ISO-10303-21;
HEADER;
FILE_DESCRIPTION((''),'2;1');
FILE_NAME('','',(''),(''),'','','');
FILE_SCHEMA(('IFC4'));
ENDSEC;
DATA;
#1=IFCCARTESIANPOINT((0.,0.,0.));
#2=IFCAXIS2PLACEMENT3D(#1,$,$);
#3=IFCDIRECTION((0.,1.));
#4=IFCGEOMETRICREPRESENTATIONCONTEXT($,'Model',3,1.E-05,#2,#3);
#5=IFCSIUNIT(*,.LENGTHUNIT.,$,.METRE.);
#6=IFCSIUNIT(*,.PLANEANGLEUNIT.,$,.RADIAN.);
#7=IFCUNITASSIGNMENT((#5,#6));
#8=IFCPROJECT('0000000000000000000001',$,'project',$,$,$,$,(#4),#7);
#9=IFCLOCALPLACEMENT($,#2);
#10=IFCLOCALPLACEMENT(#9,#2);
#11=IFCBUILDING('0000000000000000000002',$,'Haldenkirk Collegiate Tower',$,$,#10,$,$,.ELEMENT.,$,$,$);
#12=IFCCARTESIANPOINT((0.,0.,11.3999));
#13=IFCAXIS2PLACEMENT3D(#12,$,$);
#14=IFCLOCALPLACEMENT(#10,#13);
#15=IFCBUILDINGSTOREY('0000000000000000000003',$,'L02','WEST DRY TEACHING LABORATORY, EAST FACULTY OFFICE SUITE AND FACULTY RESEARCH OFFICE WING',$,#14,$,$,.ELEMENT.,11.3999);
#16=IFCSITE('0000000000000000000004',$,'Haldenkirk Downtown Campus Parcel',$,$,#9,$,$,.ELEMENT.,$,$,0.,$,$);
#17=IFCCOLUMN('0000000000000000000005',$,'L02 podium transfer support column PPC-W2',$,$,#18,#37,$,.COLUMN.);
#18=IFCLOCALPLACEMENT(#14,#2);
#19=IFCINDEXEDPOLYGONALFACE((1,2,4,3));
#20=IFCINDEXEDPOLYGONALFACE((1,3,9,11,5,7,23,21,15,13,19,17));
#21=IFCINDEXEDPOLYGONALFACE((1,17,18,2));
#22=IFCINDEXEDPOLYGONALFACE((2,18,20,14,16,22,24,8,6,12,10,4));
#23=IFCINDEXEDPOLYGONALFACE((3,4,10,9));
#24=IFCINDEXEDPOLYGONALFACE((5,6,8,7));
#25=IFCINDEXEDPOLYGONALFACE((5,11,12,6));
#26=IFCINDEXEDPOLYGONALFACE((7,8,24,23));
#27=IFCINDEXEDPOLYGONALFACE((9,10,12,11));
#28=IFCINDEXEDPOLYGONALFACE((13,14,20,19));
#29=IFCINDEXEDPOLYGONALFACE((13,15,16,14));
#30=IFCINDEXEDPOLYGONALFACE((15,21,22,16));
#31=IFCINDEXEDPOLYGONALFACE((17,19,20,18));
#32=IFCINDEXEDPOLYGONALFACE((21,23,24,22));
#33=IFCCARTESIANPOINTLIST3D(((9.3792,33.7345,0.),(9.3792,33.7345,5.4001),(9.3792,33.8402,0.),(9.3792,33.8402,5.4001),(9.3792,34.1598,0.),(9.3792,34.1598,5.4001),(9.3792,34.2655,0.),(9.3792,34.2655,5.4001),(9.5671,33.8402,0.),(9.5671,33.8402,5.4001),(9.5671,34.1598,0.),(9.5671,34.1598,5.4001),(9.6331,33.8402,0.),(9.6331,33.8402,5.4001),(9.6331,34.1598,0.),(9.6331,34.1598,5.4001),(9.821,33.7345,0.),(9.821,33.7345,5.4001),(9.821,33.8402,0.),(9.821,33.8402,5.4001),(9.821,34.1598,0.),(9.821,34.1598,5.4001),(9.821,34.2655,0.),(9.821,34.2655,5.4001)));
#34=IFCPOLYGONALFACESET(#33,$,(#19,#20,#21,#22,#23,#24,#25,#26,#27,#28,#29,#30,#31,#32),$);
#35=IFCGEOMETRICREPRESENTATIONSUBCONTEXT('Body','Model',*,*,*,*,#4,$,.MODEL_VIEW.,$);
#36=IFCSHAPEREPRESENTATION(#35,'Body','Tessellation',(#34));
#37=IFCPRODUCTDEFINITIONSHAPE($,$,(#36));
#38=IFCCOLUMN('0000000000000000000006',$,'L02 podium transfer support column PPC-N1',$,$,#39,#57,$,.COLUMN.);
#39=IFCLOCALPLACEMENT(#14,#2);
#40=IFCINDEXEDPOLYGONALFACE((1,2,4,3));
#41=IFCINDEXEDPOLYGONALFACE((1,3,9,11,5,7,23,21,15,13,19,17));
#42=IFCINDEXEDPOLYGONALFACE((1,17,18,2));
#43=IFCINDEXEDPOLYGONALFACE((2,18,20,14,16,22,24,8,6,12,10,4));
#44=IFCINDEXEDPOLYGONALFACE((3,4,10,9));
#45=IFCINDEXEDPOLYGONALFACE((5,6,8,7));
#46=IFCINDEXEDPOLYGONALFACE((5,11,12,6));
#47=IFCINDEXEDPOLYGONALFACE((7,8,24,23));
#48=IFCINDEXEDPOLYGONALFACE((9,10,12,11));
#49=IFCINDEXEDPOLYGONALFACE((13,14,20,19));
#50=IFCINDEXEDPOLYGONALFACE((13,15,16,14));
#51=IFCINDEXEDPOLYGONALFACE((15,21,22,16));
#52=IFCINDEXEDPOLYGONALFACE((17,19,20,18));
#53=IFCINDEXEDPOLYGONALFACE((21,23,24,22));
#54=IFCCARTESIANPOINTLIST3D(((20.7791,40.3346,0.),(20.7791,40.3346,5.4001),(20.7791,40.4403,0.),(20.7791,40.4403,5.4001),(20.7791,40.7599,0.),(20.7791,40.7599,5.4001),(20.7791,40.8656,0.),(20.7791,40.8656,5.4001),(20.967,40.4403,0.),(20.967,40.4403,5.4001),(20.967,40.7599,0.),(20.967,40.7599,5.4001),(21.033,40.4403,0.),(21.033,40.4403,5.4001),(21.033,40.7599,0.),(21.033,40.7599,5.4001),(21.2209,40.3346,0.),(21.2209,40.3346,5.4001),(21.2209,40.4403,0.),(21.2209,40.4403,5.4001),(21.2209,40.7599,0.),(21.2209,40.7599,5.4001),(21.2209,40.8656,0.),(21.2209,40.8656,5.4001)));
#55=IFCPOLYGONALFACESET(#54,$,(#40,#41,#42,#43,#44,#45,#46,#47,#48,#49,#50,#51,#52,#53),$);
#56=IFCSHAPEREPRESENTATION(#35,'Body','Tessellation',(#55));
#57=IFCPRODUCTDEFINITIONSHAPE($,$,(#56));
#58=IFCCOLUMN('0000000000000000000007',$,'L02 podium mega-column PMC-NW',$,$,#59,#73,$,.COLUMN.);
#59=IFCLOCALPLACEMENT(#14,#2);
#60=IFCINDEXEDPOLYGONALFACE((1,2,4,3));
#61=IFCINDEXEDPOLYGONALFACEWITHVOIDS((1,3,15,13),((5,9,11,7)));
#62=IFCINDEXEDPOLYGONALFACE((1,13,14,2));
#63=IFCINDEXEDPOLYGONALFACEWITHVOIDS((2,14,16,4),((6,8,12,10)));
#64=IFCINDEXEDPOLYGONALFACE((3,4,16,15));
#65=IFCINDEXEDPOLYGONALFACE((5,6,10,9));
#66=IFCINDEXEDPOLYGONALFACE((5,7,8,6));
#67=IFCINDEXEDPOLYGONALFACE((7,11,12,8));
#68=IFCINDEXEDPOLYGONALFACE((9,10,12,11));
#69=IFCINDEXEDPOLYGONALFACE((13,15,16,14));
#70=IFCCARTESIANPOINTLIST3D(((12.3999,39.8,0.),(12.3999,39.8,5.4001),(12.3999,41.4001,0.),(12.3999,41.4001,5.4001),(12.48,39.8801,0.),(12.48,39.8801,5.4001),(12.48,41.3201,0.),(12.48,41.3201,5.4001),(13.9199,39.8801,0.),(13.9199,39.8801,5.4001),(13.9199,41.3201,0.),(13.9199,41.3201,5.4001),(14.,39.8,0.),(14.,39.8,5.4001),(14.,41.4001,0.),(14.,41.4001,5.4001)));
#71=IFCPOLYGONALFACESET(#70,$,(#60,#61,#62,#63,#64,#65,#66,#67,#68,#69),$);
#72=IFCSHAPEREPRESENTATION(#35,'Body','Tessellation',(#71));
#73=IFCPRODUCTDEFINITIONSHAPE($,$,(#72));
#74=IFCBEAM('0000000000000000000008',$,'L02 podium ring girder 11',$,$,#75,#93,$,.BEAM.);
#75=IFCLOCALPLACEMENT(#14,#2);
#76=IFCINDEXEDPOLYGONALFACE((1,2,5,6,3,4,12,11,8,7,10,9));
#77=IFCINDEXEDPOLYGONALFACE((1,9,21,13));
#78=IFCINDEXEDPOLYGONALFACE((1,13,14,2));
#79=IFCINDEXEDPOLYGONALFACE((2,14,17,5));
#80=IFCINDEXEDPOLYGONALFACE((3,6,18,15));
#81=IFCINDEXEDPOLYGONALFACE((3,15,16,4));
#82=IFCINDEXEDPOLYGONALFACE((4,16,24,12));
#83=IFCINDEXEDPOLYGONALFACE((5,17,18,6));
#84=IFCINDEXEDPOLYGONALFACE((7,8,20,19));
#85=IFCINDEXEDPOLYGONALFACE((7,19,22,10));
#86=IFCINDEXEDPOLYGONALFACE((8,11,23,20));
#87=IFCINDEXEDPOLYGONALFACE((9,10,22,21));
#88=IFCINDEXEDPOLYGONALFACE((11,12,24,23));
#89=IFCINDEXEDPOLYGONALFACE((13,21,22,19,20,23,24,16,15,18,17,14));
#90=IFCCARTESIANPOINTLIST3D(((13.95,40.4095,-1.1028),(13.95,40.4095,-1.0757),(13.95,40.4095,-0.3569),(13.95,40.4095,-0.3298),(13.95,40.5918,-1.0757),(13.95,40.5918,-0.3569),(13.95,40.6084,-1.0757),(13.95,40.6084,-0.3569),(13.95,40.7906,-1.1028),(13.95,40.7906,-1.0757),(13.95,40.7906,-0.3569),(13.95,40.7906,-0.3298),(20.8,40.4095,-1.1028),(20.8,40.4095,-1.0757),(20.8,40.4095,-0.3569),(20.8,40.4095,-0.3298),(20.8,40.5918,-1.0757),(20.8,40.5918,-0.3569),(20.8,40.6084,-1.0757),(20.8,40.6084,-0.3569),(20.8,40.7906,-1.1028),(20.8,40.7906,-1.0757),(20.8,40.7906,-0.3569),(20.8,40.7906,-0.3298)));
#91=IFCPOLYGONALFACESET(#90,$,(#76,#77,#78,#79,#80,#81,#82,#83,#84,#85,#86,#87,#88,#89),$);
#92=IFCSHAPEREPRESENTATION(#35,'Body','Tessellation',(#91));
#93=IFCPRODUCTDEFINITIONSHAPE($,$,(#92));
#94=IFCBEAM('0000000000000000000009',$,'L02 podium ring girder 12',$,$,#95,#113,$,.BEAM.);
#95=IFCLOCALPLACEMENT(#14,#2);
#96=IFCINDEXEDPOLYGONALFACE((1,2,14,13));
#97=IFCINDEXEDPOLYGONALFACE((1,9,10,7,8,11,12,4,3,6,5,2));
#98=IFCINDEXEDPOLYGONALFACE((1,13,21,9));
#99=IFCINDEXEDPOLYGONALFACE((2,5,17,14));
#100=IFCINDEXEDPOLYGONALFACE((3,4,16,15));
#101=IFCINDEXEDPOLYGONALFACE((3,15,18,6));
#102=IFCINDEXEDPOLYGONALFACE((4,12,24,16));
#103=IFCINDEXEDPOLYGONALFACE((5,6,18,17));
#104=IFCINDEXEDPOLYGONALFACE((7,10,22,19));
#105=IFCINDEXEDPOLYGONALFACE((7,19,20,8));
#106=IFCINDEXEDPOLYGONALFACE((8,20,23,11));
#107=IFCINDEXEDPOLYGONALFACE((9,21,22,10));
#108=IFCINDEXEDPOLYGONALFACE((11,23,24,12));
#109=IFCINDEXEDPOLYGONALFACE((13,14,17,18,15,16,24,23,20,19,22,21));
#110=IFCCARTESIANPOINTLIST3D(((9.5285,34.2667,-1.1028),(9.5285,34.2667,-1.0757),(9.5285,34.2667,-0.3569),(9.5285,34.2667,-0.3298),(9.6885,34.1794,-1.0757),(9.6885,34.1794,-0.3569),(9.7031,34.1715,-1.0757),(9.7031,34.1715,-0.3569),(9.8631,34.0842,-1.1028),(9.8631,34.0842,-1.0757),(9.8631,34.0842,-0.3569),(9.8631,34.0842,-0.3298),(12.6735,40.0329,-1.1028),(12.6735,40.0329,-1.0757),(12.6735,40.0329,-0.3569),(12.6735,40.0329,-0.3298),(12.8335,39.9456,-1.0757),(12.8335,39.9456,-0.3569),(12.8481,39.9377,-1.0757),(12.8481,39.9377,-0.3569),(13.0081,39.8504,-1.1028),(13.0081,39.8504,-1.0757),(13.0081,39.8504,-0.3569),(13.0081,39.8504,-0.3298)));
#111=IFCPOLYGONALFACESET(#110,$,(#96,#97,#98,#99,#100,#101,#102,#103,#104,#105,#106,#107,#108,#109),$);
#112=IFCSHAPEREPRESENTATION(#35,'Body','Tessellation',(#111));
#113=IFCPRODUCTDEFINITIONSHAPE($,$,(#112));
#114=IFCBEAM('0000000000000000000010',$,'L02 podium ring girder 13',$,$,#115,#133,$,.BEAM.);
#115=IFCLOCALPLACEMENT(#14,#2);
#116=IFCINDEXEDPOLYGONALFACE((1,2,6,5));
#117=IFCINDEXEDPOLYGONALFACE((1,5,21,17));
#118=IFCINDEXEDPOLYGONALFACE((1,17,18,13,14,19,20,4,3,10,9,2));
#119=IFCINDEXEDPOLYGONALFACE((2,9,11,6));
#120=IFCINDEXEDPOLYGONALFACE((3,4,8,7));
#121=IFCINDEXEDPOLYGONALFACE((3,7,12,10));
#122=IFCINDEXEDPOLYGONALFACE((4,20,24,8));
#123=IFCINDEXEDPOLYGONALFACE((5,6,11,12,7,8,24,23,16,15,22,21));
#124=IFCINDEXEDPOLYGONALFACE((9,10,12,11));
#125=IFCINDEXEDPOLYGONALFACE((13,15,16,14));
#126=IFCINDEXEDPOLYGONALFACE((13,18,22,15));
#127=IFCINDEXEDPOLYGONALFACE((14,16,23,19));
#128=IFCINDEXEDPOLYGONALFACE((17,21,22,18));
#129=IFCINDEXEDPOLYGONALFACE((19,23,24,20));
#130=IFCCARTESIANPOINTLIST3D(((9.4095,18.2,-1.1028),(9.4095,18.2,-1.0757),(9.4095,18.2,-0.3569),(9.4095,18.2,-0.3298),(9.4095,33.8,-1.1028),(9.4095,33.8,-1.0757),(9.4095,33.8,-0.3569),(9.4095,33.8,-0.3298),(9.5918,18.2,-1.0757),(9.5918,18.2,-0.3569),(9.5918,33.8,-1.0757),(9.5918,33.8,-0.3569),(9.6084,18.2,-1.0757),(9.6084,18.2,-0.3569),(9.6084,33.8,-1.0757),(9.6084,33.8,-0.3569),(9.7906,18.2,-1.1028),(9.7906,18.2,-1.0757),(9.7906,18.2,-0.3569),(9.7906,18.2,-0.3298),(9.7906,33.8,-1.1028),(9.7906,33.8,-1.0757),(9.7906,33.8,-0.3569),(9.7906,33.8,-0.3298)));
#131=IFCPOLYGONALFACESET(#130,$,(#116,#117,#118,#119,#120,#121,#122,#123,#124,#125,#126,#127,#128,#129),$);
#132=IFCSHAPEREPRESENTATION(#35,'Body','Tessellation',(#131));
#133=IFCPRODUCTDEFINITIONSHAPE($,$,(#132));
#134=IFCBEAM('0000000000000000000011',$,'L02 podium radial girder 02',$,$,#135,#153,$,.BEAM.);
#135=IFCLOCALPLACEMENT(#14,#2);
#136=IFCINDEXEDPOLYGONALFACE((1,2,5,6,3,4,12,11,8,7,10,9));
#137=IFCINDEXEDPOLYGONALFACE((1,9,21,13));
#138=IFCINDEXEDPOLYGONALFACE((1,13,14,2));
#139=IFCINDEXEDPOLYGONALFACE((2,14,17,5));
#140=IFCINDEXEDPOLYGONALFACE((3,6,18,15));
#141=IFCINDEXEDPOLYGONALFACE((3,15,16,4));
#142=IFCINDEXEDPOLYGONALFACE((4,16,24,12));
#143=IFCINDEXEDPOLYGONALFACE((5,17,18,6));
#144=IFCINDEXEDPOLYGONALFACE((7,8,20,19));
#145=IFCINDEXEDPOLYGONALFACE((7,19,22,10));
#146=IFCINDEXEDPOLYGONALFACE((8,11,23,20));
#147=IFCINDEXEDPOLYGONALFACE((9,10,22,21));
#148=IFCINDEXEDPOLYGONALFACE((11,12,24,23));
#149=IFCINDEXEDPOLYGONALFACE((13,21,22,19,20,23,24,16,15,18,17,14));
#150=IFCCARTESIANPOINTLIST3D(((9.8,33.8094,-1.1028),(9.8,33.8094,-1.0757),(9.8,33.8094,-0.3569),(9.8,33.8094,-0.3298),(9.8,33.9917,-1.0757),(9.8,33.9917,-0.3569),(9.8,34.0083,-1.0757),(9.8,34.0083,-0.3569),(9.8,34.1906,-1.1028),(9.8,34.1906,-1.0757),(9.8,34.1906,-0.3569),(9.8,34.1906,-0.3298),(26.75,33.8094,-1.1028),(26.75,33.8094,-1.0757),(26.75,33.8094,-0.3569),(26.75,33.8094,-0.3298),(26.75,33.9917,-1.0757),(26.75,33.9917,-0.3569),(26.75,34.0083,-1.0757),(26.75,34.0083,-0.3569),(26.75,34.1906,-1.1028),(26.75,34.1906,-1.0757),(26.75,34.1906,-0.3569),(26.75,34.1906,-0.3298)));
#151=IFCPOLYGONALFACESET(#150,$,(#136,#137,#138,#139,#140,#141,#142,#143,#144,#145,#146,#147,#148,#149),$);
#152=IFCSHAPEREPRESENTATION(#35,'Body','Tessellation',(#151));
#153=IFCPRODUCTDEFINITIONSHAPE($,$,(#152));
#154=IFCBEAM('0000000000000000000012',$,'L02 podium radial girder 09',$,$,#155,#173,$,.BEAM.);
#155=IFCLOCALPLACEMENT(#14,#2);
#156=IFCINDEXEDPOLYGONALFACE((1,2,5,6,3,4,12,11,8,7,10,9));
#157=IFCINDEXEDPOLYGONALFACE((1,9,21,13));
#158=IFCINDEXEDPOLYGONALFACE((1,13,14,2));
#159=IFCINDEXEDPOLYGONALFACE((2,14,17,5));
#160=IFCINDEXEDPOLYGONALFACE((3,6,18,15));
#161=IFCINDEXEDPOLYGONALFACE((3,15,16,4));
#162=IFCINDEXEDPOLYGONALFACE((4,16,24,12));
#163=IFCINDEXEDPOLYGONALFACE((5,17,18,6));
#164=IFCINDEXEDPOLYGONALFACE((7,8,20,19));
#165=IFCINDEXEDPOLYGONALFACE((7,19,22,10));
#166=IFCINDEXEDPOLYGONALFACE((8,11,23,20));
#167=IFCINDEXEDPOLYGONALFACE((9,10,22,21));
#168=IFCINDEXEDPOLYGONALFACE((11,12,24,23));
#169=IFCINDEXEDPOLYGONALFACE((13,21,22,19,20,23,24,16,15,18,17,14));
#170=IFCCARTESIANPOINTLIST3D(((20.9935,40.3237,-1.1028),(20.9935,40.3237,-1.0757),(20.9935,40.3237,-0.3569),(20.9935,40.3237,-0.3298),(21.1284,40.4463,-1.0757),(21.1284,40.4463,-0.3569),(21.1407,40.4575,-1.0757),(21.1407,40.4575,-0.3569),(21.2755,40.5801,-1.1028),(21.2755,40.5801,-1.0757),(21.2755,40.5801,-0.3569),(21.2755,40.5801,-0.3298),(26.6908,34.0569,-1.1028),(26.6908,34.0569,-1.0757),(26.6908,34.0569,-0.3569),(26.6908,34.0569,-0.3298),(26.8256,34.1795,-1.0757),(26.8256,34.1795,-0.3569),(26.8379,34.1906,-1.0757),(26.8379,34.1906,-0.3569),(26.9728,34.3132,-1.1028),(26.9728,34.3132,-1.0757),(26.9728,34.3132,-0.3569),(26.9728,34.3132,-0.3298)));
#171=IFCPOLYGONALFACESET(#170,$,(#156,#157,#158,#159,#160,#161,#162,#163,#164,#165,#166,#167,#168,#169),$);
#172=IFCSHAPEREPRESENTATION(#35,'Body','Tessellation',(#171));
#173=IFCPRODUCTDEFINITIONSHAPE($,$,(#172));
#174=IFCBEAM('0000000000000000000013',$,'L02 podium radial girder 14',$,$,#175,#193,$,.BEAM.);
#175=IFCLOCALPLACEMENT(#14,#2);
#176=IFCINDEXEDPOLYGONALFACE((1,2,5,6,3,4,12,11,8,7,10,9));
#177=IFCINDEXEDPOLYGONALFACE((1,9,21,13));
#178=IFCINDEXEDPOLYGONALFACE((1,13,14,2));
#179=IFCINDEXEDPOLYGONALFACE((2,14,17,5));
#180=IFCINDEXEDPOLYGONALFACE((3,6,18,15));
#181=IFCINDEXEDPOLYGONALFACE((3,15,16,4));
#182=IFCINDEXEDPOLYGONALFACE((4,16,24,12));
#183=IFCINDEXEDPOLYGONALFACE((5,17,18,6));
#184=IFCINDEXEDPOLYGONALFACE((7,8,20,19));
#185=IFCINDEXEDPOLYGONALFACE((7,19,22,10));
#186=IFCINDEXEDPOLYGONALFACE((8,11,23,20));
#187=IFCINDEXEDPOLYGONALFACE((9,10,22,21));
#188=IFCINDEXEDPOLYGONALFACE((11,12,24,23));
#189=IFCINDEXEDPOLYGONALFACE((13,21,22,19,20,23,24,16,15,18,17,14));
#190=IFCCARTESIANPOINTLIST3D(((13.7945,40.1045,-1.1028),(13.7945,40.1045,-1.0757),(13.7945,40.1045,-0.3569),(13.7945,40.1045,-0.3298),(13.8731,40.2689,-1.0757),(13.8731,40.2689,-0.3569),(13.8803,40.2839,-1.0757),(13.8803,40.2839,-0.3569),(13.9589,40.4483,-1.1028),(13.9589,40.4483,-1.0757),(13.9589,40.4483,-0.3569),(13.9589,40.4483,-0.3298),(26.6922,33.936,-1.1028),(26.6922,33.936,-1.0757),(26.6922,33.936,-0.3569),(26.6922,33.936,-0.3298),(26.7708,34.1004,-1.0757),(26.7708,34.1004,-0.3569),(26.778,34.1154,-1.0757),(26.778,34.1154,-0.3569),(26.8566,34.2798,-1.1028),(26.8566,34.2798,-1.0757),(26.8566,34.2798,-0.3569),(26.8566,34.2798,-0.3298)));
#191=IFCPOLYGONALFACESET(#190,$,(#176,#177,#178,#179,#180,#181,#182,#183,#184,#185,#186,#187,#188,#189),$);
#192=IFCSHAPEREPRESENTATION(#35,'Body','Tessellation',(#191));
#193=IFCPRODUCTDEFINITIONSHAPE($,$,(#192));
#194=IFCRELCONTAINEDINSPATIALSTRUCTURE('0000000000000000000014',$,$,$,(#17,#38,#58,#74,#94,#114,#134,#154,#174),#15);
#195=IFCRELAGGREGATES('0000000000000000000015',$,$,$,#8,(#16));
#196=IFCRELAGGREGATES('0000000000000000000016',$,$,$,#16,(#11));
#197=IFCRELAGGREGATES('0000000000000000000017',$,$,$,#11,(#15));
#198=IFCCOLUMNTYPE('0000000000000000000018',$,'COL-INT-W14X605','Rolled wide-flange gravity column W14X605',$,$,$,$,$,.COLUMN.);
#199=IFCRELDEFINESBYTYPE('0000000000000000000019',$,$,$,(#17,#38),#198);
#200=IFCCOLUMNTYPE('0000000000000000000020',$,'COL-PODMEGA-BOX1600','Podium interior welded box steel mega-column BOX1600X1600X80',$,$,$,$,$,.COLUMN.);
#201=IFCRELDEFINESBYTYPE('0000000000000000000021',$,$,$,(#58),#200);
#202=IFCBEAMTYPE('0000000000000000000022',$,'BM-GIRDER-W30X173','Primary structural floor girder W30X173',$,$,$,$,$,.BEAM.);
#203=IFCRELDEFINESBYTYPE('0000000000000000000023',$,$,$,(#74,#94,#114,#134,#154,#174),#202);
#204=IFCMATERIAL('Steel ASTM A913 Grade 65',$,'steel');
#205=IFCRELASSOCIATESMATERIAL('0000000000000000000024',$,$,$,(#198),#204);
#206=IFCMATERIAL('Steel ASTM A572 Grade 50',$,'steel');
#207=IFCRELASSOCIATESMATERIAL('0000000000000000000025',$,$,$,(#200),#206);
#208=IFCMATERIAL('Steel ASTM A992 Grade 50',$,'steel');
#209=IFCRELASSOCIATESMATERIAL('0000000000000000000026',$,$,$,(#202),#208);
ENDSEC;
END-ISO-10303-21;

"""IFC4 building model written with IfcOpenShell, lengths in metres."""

from ifc_helpers import new_model, si_unit, direction, frame, origin, origin_2d, place, context, subcontext, project, spatial, hollow_rectangle, i_section, extrude, material, material_profile, profile_set, type_object, element, save


model = new_model("IFC4")

# Units and contexts
model_context = context("Model", 3, precision=1e-05, world=origin(), true_north=direction((0.0, 1.0)))
body_context = subcontext(model_context, "Body", "Model", "MODEL_VIEW")
ifc_project = project(units=[si_unit("LENGTHUNIT", "METRE"), si_unit("PLANEANGLEUNIT", "RADIAN")], contexts=[model_context])

# Site, building, storey
site_placement = place(None, origin())
site = spatial("IfcSite", under=ifc_project, at=site_placement, Name="Haldenkirk Downtown Campus Parcel", CompositionType="ELEMENT", RefElevation=0.0)
building_placement = place(site_placement, origin())
building = spatial("IfcBuilding", under=site, at=building_placement, Name="Haldenkirk Collegiate Tower", CompositionType="ELEMENT")
storey_placement = place(building_placement, frame((0.0, 0.0, 11.3999)))
storey = spatial("IfcBuildingStorey", under=building, at=storey_placement, Name="L02", Description="WEST DRY TEACHING LABORATORY, EAST FACULTY OFFICE SUITE AND FACULTY RESEARCH OFFICE WING", CompositionType="ELEMENT", Elevation=11.3999)

# Columns
ifc_material_1 = material(Name="Steel ASTM A913 Grade 65", Category="steel")
ifc_material_profile_1 = material_profile(ifc_material_1, i_section(OverallWidth=0.4419, OverallDepth=0.531, WebThickness=0.0659, FlangeThickness=0.1057, at=origin_2d()), Name="W14X605")
ifc_profile_set_1 = profile_set([ifc_material_profile_1], Name="Steel ASTM A913 Grade 65")
column_type_1 = type_object("IfcColumnType", Name="COL-INT-W14X605", Description="Rolled wide-flange gravity column W14X605", PredefinedType="COLUMN", material=ifc_profile_set_1)
for number, where, z_axis, x_axis, name in (
    (1, (9.6001, 34.0, 0.0), (0.0, 0.0, 1.0), (1.0, 0.0, 0.0), "L02 podium transfer support column PPC-W2"),
    (2, (21.0, 40.6001, 0.0), (0.0, 0.0, 1.0), (1.0, 0.0, 0.0), "L02 podium transfer support column PPC-N1"),
):
    element("IfcColumn", number, at=place(storey_placement, frame(where, z_axis=z_axis, x_axis=x_axis)), inside=storey, type_object=column_type_1, Name=name, PredefinedType="COLUMN", context=body_context, shape_type="SweptSolid", body=[
        extrude(i_section(OverallWidth=0.4419, OverallDepth=0.531, WebThickness=0.0659, FlangeThickness=0.1057, at=origin_2d()), origin(), (0.0, 0.0, 1.0), 5.4001),
    ])
ifc_material_2 = material(Name="Steel ASTM A572 Grade 50", Category="steel")
ifc_material_profile_2 = material_profile(ifc_material_2, hollow_rectangle(XDim=1.6001, YDim=1.6001, WallThickness=0.0801, at=origin_2d()), Name="BOX1600X1600X80")
ifc_profile_set_2 = profile_set([ifc_material_profile_2], Name="Steel ASTM A572 Grade 50")
column_type_2 = type_object("IfcColumnType", Name="COL-PODMEGA-BOX1600", Description="Podium interior welded box steel mega-column BOX1600X1600X80", PredefinedType="COLUMN", material=ifc_profile_set_2)
column_placement = place(storey_placement, frame((13.2, 40.6001, 0.0), z_axis=(0.0, 0.0, 1.0), x_axis=(1.0, 0.0, 0.0)))
element("IfcColumn", 3, at=column_placement, inside=storey, type_object=column_type_2, Name="L02 podium mega-column PMC-NW", PredefinedType="COLUMN", context=body_context, shape_type="SweptSolid", body=[
    extrude(hollow_rectangle(XDim=1.6001, YDim=1.6001, WallThickness=0.0801, at=origin_2d()), origin(), (0.0, 0.0, 1.0), 5.4001),
])

# Beams
ifc_material_3 = material(Name="Steel ASTM A992 Grade 50", Category="steel")
ifc_material_profile_3 = material_profile(ifc_material_3, i_section(OverallWidth=0.3811, OverallDepth=0.7729, WebThickness=0.0166, FlangeThickness=0.0271, at=origin_2d()), Name="W30X173")
ifc_profile_set_3 = profile_set([ifc_material_profile_3], Name="Steel ASTM A992 Grade 50")
beam_type = type_object("IfcBeamType", Name="BM-GIRDER-W30X173", Description="Primary structural floor girder W30X173", PredefinedType="BEAM", material=ifc_profile_set_3)
beam_1_placement = place(storey_placement, frame((20.8, 40.6001, -0.7163), z_axis=(-1.0, 0.0, 0.0), x_axis=(0.0, -1.0, 0.0)))
element("IfcBeam", 4, at=beam_1_placement, inside=storey, type_object=beam_type, Name="L02 podium ring girder 11", PredefinedType="BEAM", context=body_context, shape_type="SweptSolid", body=[
    extrude(i_section(OverallWidth=0.3811, OverallDepth=0.7729, WebThickness=0.0166, FlangeThickness=0.0271, at=origin_2d()), origin(), (0.0, 0.0, 1.0), 6.8501),
])
beam_2_placement = place(storey_placement, frame((12.8408, 39.9417, -0.7163), z_axis=(-0.478837, -0.877904, 0.0), x_axis=(0.877904, -0.478837, 0.0)))
element("IfcBeam", 5, at=beam_2_placement, inside=storey, type_object=beam_type, Name="L02 podium ring girder 12", PredefinedType="BEAM", context=body_context, shape_type="SweptSolid", body=[
    extrude(i_section(OverallWidth=0.3811, OverallDepth=0.7729, WebThickness=0.0166, FlangeThickness=0.0271, at=origin_2d()), origin(), (0.0, 0.0, 1.0), 6.5681),
])
beam_3_placement = place(storey_placement, frame((9.6001, 33.8, -0.7163), z_axis=(0.0, -1.0, 0.0), x_axis=(1.0, 0.0, 0.0)))
element("IfcBeam", 6, at=beam_3_placement, inside=storey, type_object=beam_type, Name="L02 podium ring girder 13", PredefinedType="BEAM", context=body_context, shape_type="SweptSolid", body=[
    extrude(i_section(OverallWidth=0.3811, OverallDepth=0.7729, WebThickness=0.0166, FlangeThickness=0.0271, at=origin_2d()), origin(), (0.0, 0.0, 1.0), 15.6001),
])
beam_4_placement = place(storey_placement, frame((9.8, 34.0, -0.7163), z_axis=(1.0, 0.0, 0.0), x_axis=(0.0, 1.0, 0.0)))
element("IfcBeam", 7, at=beam_4_placement, inside=storey, type_object=beam_type, Name="L02 podium radial girder 02", PredefinedType="BEAM", context=body_context, shape_type="SweptSolid", body=[
    extrude(i_section(OverallWidth=0.3811, OverallDepth=0.7729, WebThickness=0.0166, FlangeThickness=0.0271, at=origin_2d()), origin(), (0.0, 0.0, 1.0), 16.95),
])
beam_5_placement = place(storey_placement, frame((21.1345, 40.4519, -0.7163), z_axis=(0.672681, -0.739932, 0.0), x_axis=(0.739932, 0.672681, 0.0)))
element("IfcBeam", 8, at=beam_5_placement, inside=storey, type_object=beam_type, Name="L02 podium radial girder 09", PredefinedType="BEAM", context=body_context, shape_type="SweptSolid", body=[
    extrude(i_section(OverallWidth=0.3811, OverallDepth=0.7729, WebThickness=0.0166, FlangeThickness=0.0271, at=origin_2d()), origin(), (0.0, 0.0, 1.0), 8.4695),
])
beam_6_placement = place(storey_placement, frame((13.8767, 40.2764, -0.7163), z_axis=(0.902135, -0.431455, 0.0), x_axis=(0.431455, 0.902135, 0.0)))
element("IfcBeam", 9, at=beam_6_placement, inside=storey, type_object=beam_type, Name="L02 podium radial girder 14", PredefinedType="BEAM", context=body_context, shape_type="SweptSolid", body=[
    extrude(i_section(OverallWidth=0.3811, OverallDepth=0.7729, WebThickness=0.0166, FlangeThickness=0.0271, at=origin_2d()), origin(), (0.0, 0.0, 1.0), 14.2969),
])

save(model, "model.ifc")
